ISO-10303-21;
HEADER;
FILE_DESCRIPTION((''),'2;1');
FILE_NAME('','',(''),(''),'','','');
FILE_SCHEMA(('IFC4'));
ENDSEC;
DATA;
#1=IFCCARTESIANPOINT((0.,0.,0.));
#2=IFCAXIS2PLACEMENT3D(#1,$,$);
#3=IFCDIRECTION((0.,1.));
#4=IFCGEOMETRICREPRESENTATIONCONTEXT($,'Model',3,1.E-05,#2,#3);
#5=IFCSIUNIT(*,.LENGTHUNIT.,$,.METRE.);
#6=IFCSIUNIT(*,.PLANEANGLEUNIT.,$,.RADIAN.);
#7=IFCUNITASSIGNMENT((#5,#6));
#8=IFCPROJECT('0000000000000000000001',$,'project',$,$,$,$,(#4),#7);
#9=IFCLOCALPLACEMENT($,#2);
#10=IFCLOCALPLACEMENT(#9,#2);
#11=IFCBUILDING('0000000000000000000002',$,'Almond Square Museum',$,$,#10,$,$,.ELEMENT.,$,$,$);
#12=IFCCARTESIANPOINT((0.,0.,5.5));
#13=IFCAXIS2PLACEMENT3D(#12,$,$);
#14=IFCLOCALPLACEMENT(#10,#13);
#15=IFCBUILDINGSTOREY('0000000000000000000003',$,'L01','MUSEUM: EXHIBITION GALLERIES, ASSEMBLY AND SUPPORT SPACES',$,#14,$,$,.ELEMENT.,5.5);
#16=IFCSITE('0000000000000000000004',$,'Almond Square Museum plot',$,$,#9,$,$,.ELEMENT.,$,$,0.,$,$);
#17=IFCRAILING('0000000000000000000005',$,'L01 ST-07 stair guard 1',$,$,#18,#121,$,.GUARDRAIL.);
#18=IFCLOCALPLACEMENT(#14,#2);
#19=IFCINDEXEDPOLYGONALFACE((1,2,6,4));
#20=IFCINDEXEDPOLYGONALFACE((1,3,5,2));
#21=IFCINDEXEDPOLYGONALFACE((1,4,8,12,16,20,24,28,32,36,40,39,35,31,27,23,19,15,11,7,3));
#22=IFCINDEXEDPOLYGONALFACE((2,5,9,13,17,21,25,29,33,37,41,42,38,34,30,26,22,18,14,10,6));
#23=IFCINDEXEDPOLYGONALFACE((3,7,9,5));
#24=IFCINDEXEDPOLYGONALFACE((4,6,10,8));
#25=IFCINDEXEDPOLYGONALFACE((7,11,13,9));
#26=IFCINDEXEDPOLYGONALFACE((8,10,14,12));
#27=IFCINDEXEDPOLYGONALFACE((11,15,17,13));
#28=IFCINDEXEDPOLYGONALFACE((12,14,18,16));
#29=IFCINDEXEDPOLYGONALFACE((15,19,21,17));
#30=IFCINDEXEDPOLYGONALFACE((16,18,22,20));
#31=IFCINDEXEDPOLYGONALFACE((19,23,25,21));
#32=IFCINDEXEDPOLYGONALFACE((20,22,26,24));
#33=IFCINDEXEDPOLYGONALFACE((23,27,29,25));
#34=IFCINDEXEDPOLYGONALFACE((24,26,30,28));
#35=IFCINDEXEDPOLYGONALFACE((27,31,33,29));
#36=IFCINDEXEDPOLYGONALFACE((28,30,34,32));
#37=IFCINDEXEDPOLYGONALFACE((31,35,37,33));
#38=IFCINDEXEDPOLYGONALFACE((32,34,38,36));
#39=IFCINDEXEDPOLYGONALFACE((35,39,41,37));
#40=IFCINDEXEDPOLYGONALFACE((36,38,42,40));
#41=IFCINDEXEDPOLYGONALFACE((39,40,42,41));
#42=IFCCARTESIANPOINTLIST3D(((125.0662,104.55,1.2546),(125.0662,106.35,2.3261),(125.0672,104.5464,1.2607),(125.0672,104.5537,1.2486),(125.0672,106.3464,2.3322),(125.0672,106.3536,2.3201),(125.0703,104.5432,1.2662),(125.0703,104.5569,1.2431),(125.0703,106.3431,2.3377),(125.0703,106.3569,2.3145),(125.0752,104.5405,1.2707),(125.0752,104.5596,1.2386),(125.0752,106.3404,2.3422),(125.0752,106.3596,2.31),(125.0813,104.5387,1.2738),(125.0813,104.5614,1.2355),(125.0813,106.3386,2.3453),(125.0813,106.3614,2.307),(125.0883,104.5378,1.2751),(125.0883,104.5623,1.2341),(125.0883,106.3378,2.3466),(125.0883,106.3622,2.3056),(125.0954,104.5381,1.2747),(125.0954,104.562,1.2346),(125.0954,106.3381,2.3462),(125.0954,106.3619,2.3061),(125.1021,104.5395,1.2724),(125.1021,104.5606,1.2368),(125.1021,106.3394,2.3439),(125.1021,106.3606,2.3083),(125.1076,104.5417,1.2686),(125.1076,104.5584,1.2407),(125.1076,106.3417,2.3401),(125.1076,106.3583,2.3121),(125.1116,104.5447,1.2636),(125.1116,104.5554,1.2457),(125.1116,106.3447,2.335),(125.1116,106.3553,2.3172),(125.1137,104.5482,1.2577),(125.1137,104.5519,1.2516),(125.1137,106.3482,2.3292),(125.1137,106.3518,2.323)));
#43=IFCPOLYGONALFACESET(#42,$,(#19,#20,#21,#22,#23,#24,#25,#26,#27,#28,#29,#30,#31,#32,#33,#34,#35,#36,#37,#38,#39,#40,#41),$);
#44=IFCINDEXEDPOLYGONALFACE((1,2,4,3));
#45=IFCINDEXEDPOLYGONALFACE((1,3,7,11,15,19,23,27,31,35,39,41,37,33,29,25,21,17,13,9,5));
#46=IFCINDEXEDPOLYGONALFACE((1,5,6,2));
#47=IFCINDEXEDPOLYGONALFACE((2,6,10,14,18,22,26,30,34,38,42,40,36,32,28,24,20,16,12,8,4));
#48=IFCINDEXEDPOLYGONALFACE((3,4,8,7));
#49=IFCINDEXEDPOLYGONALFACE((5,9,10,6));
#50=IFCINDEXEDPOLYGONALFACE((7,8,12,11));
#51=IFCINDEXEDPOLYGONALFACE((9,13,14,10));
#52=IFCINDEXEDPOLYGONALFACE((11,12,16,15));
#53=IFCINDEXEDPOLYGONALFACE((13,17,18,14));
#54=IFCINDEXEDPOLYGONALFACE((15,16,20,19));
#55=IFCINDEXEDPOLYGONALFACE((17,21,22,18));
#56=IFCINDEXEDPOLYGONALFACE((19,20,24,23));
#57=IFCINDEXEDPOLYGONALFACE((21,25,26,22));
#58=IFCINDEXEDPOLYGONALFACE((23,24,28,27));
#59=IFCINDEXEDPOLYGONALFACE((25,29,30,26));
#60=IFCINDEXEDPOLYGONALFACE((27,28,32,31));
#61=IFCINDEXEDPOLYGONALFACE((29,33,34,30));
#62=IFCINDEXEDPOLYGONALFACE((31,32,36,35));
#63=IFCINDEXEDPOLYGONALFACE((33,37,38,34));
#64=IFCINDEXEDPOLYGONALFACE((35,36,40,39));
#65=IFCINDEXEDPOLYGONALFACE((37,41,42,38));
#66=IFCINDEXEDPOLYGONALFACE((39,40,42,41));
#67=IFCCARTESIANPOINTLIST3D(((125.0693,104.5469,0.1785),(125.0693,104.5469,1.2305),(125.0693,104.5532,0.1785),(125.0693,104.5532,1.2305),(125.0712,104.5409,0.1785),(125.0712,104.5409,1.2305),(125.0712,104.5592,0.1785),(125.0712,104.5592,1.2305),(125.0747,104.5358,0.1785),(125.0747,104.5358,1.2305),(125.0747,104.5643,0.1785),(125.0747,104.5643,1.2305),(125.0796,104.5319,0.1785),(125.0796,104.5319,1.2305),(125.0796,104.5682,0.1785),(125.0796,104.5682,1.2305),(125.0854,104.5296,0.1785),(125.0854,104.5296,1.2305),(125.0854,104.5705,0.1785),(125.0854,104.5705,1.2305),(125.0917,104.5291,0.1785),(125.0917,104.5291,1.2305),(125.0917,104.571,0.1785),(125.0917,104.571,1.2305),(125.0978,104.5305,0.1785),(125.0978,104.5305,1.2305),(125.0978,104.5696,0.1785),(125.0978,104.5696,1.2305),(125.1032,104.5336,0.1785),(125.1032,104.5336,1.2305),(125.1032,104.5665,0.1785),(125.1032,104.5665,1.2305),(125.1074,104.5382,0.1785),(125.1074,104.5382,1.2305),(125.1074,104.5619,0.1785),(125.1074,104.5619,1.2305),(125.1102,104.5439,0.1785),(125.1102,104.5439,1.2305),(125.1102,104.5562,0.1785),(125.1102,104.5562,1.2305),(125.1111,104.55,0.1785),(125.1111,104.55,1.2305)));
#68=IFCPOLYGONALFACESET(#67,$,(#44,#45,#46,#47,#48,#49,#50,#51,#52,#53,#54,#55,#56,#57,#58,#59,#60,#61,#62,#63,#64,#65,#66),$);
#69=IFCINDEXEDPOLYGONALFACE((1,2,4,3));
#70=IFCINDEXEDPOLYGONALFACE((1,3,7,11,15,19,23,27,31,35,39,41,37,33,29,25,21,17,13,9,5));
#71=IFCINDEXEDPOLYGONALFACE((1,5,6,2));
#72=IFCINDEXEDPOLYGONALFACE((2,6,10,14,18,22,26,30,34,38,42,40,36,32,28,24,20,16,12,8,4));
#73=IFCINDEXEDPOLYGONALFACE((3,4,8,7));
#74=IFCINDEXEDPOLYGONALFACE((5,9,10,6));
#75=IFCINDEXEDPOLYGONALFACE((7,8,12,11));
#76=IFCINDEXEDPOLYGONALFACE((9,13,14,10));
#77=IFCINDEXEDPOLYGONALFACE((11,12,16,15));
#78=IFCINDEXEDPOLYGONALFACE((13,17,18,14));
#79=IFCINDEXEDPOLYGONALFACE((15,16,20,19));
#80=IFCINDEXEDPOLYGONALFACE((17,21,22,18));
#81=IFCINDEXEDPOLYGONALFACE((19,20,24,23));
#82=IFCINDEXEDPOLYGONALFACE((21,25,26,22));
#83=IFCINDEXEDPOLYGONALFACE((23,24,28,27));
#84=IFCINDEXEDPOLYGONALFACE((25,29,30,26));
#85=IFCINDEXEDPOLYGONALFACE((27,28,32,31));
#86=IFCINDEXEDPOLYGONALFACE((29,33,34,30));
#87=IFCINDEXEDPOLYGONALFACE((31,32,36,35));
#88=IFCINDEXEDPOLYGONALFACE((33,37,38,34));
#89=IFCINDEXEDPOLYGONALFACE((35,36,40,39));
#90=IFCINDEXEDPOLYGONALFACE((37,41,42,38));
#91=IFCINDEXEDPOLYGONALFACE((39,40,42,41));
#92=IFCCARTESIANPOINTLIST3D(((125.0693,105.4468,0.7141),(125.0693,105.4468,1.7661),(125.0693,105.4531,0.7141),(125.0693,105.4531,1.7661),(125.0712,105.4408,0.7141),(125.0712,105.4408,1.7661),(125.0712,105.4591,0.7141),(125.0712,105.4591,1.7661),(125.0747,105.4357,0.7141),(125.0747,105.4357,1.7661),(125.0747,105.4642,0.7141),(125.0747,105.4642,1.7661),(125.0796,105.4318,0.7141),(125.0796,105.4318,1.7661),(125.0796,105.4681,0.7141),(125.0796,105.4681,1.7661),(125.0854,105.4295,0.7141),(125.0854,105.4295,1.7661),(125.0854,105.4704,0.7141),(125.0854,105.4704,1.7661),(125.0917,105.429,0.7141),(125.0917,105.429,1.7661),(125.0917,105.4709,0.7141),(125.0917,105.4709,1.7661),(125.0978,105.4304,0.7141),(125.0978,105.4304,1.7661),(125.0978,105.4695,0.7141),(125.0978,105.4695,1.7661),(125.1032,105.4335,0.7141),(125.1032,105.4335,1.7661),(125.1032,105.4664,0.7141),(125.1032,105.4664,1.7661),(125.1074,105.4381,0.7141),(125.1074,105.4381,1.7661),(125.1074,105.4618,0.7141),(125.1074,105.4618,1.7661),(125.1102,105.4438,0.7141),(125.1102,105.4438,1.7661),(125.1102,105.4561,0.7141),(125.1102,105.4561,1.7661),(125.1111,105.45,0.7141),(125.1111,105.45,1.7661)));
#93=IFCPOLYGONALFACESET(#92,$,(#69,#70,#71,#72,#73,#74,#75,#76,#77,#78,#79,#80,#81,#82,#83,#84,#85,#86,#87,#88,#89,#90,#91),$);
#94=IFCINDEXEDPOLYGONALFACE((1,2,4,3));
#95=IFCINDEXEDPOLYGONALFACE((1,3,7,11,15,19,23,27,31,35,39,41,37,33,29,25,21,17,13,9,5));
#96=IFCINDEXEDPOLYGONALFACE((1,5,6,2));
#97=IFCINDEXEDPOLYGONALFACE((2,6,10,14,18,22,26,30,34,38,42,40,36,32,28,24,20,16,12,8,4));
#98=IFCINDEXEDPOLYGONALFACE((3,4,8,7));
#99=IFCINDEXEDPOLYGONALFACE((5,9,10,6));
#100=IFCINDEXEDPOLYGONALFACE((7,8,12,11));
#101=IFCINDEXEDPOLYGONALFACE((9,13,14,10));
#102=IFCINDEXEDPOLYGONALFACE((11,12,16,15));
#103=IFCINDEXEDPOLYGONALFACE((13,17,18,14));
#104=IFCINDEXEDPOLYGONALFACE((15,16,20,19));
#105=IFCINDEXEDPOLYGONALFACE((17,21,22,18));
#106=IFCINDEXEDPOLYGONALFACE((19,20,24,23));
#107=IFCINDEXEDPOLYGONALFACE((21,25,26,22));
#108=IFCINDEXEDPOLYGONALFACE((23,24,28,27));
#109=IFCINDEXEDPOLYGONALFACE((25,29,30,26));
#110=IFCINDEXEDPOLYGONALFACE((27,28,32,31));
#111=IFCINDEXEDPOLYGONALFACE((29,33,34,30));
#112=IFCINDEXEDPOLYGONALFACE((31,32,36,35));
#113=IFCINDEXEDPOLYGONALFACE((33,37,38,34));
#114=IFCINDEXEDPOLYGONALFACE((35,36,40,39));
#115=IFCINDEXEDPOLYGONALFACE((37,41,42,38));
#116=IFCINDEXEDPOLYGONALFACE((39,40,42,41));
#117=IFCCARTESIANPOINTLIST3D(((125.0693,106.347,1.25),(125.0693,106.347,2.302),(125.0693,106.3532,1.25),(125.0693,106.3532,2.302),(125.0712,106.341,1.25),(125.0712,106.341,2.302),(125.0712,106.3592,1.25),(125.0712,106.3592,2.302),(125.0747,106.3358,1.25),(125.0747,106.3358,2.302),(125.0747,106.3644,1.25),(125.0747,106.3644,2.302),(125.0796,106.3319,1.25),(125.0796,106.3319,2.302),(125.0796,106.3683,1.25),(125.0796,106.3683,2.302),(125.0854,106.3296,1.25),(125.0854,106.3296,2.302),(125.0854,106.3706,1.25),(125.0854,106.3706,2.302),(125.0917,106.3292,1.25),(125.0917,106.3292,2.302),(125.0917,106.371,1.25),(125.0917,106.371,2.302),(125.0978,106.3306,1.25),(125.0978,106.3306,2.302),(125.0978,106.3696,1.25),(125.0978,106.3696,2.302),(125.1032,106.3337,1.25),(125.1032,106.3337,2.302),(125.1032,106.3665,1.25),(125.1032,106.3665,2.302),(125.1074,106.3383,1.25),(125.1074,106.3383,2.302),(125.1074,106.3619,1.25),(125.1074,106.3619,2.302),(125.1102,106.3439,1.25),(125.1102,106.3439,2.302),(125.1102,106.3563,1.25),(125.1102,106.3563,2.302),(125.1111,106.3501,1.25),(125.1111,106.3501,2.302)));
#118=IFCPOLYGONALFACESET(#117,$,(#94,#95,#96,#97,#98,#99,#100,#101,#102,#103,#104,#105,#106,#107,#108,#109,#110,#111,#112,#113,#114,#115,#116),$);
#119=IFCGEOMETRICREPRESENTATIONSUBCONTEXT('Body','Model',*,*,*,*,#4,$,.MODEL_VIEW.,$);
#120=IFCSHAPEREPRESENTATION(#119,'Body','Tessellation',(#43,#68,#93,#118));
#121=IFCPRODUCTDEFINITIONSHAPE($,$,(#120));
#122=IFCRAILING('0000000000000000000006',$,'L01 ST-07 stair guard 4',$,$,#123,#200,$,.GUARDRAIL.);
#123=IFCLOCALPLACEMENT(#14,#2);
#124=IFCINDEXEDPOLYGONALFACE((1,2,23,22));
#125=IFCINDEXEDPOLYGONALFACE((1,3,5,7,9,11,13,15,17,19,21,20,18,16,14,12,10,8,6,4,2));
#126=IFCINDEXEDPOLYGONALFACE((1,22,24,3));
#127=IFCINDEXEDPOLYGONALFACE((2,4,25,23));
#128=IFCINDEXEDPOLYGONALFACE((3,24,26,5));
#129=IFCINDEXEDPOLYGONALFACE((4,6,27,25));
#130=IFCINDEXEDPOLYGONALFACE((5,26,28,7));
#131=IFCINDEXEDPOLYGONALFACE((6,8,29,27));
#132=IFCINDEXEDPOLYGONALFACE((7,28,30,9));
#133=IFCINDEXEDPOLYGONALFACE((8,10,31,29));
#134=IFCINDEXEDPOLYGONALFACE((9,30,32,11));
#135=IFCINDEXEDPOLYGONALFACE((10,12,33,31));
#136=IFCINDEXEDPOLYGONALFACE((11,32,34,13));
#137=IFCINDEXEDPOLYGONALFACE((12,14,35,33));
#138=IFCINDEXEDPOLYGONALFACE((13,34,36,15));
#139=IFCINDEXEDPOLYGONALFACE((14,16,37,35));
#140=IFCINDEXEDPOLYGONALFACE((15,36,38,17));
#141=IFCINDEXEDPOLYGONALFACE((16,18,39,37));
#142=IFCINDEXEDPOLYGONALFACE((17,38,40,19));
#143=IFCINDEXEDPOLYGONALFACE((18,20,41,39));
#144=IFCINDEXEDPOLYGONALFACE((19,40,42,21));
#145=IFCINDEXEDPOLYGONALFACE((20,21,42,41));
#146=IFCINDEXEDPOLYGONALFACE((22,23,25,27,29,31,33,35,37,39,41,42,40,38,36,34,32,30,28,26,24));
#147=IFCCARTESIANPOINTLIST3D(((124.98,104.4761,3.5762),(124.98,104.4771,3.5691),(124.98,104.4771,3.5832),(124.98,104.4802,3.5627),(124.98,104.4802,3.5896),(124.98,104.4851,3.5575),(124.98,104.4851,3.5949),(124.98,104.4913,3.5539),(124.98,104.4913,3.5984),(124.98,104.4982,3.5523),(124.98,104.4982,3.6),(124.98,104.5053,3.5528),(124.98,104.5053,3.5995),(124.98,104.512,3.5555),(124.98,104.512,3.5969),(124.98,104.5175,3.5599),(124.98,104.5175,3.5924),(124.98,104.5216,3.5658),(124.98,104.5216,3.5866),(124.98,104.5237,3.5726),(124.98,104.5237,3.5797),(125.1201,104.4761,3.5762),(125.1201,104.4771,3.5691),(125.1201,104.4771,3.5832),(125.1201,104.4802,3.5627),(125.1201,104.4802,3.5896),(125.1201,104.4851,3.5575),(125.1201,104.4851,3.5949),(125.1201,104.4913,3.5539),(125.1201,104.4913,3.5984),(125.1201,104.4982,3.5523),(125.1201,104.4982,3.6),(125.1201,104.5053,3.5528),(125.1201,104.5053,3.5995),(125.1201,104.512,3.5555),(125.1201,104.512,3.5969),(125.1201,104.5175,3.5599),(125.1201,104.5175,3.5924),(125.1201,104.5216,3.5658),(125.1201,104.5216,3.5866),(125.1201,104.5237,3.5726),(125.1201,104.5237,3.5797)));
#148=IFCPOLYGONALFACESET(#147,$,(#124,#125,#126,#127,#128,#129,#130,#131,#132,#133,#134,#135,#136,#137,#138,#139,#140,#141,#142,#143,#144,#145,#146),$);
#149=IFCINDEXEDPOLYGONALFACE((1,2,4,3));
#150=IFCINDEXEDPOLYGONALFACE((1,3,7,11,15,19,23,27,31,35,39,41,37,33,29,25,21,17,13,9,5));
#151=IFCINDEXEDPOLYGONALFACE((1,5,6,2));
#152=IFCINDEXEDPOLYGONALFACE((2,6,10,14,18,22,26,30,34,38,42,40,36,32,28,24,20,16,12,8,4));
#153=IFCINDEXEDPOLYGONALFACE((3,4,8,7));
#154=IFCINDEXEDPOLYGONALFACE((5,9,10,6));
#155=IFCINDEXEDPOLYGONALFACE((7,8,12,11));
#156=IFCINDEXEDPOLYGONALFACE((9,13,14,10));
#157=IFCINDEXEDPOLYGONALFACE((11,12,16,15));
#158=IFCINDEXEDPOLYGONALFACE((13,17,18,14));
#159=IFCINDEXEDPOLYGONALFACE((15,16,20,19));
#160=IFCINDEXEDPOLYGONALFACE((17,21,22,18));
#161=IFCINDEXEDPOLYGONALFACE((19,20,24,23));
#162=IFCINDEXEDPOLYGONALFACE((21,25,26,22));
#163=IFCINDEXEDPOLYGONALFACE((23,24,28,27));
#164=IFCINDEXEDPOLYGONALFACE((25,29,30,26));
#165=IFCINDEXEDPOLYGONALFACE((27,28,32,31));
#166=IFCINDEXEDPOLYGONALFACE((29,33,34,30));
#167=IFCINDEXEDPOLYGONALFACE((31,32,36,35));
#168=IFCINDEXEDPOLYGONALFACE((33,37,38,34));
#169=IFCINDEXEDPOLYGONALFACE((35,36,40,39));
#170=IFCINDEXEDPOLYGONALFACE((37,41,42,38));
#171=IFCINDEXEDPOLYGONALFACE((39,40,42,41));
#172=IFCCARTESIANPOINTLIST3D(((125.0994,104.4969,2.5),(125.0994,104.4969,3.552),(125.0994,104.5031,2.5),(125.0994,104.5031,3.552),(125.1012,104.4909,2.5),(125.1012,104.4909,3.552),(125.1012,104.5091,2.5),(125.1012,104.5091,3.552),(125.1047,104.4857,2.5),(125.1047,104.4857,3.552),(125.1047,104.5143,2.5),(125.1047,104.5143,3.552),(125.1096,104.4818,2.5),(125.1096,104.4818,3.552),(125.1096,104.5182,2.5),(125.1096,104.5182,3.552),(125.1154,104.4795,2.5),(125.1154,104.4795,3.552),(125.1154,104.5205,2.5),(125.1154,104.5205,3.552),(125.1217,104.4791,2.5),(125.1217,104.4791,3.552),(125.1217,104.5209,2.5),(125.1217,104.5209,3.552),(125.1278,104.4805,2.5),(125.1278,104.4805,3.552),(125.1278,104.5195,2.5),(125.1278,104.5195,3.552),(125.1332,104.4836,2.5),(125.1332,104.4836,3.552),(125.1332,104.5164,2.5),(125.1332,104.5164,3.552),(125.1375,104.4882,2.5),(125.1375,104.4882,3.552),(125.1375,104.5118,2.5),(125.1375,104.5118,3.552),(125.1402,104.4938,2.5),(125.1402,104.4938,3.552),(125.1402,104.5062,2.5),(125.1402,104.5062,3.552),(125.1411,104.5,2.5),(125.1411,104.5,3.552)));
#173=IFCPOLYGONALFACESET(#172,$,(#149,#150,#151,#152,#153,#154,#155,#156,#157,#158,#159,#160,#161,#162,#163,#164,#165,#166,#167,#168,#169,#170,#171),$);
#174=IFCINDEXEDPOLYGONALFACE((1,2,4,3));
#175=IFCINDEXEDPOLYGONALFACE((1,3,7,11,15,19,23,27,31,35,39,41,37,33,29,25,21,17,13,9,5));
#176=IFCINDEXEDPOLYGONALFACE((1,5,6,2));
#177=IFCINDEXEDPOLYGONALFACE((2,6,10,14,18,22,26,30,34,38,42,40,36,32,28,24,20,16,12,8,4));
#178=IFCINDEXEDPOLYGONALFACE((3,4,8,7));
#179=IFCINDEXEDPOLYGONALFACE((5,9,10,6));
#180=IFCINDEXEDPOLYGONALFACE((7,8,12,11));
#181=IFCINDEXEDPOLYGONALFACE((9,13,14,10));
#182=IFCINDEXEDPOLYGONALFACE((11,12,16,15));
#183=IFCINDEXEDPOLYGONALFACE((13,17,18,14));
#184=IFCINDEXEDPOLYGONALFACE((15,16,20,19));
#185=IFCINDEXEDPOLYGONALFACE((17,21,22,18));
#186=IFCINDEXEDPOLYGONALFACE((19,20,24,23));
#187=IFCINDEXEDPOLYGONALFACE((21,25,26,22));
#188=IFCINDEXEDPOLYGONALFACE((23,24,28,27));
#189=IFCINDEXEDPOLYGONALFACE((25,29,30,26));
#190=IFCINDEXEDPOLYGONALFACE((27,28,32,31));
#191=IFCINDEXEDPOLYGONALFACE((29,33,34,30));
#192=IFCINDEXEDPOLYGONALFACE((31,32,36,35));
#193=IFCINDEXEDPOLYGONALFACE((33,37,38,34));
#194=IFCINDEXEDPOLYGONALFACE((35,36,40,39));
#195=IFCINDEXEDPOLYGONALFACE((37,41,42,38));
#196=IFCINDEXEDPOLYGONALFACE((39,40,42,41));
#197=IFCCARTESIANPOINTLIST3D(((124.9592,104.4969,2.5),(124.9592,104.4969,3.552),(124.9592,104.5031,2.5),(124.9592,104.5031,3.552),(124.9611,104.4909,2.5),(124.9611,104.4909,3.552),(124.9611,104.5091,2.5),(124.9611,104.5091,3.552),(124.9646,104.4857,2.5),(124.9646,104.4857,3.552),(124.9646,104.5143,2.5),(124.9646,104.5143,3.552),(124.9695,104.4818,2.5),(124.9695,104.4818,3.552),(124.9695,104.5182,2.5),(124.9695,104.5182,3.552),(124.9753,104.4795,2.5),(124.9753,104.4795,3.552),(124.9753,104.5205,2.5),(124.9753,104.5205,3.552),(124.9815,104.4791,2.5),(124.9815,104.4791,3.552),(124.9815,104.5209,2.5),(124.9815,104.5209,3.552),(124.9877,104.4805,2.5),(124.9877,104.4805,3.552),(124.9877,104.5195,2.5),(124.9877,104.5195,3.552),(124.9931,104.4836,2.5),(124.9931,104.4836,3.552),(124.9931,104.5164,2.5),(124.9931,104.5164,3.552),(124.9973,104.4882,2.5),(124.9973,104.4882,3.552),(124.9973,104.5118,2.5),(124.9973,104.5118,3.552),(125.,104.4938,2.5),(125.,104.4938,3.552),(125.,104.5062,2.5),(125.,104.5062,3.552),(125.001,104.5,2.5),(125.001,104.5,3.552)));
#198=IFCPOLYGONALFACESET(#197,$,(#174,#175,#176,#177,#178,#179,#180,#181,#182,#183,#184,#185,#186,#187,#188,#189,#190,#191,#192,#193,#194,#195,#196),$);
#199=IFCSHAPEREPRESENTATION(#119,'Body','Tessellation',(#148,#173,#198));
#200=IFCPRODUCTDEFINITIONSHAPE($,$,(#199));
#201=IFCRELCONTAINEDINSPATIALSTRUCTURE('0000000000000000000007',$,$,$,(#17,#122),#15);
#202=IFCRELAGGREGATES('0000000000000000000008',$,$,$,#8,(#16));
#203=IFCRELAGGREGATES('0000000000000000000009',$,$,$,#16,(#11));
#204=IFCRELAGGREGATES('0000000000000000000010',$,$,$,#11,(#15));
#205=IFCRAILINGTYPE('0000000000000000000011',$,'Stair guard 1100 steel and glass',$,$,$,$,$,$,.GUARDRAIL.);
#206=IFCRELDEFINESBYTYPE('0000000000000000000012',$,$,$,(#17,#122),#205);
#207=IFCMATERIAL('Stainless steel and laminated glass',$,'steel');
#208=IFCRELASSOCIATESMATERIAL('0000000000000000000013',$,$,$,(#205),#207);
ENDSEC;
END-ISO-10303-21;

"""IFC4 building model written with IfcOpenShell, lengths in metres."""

from ifc_helpers import new_model, si_unit, direction, frame, origin, origin_2d, place, context, subcontext, project, spatial, circle, extrude, material, type_object, element, save


model = new_model("IFC4")

# Units and contexts
model_context = context("Model", 3, precision=1e-05, world=origin(), true_north=direction((0.0, 1.0)))
body_context = subcontext(model_context, "Body", "Model", "MODEL_VIEW")
ifc_project = project(units=[si_unit("LENGTHUNIT", "METRE"), si_unit("PLANEANGLEUNIT", "RADIAN")], contexts=[model_context])

# Site, building, storey
site_placement = place(None, origin())
site = spatial("IfcSite", under=ifc_project, at=site_placement, Name="Almond Square Museum plot", CompositionType="ELEMENT", RefElevation=0.0)
building_placement = place(site_placement, origin())
building = spatial("IfcBuilding", under=site, at=building_placement, Name="Almond Square Museum", CompositionType="ELEMENT")
storey_placement = place(building_placement, frame((0.0, 0.0, 5.5)))
storey = spatial("IfcBuildingStorey", under=building, at=storey_placement, Name="L01", Description="MUSEUM: EXHIBITION GALLERIES, ASSEMBLY AND SUPPORT SPACES", CompositionType="ELEMENT", Elevation=5.5)

# Railings
ifc_material_1 = material(Name="Stainless steel and laminated glass", Category="steel")
railing_type = type_object("IfcRailingType", Name="Stair guard 1100 steel and glass", PredefinedType="GUARDRAIL", material=ifc_material_1)
railing_1_placement = place(storey_placement, frame((125.0901, 104.55, 0.1785)))
element("IfcRailing", 1, at=railing_1_placement, inside=storey, type_object=railing_type, Name="L01 ST-07 stair guard 1", PredefinedType="GUARDRAIL", context=body_context, shape_type="SweptSolid", body=[
    extrude(circle(Radius=0.0239, at=origin_2d()), frame((0.0, 0.0, 1.0762), z_axis=(0.0, 0.859277, 0.51151), x_axis=(-1.0, 0.0, 0.0)), (0.0, 0.0, 1.0), 2.0947),
    extrude(circle(Radius=0.021, at=origin_2d()), origin(), (0.0, 0.0, 1.0), 1.052),
    extrude(circle(Radius=0.021, at=origin_2d()), frame((0.0, 0.8999, 0.5356)), (0.0, 0.0, 1.0), 1.052),
    extrude(circle(Radius=0.021, at=origin_2d()), frame((0.0, 1.8, 1.0715)), (0.0, 0.0, 1.0), 1.052),
])
railing_2_placement = place(storey_placement, frame((125.1201, 104.5, 2.5)))
element("IfcRailing", 2, at=railing_2_placement, inside=storey, type_object=railing_type, Name="L01 ST-07 stair guard 4", PredefinedType="GUARDRAIL", context=body_context, shape_type="SweptSolid", body=[
    extrude(circle(Radius=0.0239, at=origin_2d()), frame((0.0, 0.0, 1.0762), z_axis=(-1.0, 0.0, 0.0), x_axis=(0.0, -1.0, 0.0)), (0.0, 0.0, 1.0), 0.1401),
    extrude(circle(Radius=0.021, at=origin_2d()), origin(), (0.0, 0.0, 1.0), 1.052),
    extrude(circle(Radius=0.021, at=origin_2d()), frame((-0.1401, 0.0, 0.0)), (0.0, 0.0, 1.0), 1.052),
])

save(model, "model.ifc")
